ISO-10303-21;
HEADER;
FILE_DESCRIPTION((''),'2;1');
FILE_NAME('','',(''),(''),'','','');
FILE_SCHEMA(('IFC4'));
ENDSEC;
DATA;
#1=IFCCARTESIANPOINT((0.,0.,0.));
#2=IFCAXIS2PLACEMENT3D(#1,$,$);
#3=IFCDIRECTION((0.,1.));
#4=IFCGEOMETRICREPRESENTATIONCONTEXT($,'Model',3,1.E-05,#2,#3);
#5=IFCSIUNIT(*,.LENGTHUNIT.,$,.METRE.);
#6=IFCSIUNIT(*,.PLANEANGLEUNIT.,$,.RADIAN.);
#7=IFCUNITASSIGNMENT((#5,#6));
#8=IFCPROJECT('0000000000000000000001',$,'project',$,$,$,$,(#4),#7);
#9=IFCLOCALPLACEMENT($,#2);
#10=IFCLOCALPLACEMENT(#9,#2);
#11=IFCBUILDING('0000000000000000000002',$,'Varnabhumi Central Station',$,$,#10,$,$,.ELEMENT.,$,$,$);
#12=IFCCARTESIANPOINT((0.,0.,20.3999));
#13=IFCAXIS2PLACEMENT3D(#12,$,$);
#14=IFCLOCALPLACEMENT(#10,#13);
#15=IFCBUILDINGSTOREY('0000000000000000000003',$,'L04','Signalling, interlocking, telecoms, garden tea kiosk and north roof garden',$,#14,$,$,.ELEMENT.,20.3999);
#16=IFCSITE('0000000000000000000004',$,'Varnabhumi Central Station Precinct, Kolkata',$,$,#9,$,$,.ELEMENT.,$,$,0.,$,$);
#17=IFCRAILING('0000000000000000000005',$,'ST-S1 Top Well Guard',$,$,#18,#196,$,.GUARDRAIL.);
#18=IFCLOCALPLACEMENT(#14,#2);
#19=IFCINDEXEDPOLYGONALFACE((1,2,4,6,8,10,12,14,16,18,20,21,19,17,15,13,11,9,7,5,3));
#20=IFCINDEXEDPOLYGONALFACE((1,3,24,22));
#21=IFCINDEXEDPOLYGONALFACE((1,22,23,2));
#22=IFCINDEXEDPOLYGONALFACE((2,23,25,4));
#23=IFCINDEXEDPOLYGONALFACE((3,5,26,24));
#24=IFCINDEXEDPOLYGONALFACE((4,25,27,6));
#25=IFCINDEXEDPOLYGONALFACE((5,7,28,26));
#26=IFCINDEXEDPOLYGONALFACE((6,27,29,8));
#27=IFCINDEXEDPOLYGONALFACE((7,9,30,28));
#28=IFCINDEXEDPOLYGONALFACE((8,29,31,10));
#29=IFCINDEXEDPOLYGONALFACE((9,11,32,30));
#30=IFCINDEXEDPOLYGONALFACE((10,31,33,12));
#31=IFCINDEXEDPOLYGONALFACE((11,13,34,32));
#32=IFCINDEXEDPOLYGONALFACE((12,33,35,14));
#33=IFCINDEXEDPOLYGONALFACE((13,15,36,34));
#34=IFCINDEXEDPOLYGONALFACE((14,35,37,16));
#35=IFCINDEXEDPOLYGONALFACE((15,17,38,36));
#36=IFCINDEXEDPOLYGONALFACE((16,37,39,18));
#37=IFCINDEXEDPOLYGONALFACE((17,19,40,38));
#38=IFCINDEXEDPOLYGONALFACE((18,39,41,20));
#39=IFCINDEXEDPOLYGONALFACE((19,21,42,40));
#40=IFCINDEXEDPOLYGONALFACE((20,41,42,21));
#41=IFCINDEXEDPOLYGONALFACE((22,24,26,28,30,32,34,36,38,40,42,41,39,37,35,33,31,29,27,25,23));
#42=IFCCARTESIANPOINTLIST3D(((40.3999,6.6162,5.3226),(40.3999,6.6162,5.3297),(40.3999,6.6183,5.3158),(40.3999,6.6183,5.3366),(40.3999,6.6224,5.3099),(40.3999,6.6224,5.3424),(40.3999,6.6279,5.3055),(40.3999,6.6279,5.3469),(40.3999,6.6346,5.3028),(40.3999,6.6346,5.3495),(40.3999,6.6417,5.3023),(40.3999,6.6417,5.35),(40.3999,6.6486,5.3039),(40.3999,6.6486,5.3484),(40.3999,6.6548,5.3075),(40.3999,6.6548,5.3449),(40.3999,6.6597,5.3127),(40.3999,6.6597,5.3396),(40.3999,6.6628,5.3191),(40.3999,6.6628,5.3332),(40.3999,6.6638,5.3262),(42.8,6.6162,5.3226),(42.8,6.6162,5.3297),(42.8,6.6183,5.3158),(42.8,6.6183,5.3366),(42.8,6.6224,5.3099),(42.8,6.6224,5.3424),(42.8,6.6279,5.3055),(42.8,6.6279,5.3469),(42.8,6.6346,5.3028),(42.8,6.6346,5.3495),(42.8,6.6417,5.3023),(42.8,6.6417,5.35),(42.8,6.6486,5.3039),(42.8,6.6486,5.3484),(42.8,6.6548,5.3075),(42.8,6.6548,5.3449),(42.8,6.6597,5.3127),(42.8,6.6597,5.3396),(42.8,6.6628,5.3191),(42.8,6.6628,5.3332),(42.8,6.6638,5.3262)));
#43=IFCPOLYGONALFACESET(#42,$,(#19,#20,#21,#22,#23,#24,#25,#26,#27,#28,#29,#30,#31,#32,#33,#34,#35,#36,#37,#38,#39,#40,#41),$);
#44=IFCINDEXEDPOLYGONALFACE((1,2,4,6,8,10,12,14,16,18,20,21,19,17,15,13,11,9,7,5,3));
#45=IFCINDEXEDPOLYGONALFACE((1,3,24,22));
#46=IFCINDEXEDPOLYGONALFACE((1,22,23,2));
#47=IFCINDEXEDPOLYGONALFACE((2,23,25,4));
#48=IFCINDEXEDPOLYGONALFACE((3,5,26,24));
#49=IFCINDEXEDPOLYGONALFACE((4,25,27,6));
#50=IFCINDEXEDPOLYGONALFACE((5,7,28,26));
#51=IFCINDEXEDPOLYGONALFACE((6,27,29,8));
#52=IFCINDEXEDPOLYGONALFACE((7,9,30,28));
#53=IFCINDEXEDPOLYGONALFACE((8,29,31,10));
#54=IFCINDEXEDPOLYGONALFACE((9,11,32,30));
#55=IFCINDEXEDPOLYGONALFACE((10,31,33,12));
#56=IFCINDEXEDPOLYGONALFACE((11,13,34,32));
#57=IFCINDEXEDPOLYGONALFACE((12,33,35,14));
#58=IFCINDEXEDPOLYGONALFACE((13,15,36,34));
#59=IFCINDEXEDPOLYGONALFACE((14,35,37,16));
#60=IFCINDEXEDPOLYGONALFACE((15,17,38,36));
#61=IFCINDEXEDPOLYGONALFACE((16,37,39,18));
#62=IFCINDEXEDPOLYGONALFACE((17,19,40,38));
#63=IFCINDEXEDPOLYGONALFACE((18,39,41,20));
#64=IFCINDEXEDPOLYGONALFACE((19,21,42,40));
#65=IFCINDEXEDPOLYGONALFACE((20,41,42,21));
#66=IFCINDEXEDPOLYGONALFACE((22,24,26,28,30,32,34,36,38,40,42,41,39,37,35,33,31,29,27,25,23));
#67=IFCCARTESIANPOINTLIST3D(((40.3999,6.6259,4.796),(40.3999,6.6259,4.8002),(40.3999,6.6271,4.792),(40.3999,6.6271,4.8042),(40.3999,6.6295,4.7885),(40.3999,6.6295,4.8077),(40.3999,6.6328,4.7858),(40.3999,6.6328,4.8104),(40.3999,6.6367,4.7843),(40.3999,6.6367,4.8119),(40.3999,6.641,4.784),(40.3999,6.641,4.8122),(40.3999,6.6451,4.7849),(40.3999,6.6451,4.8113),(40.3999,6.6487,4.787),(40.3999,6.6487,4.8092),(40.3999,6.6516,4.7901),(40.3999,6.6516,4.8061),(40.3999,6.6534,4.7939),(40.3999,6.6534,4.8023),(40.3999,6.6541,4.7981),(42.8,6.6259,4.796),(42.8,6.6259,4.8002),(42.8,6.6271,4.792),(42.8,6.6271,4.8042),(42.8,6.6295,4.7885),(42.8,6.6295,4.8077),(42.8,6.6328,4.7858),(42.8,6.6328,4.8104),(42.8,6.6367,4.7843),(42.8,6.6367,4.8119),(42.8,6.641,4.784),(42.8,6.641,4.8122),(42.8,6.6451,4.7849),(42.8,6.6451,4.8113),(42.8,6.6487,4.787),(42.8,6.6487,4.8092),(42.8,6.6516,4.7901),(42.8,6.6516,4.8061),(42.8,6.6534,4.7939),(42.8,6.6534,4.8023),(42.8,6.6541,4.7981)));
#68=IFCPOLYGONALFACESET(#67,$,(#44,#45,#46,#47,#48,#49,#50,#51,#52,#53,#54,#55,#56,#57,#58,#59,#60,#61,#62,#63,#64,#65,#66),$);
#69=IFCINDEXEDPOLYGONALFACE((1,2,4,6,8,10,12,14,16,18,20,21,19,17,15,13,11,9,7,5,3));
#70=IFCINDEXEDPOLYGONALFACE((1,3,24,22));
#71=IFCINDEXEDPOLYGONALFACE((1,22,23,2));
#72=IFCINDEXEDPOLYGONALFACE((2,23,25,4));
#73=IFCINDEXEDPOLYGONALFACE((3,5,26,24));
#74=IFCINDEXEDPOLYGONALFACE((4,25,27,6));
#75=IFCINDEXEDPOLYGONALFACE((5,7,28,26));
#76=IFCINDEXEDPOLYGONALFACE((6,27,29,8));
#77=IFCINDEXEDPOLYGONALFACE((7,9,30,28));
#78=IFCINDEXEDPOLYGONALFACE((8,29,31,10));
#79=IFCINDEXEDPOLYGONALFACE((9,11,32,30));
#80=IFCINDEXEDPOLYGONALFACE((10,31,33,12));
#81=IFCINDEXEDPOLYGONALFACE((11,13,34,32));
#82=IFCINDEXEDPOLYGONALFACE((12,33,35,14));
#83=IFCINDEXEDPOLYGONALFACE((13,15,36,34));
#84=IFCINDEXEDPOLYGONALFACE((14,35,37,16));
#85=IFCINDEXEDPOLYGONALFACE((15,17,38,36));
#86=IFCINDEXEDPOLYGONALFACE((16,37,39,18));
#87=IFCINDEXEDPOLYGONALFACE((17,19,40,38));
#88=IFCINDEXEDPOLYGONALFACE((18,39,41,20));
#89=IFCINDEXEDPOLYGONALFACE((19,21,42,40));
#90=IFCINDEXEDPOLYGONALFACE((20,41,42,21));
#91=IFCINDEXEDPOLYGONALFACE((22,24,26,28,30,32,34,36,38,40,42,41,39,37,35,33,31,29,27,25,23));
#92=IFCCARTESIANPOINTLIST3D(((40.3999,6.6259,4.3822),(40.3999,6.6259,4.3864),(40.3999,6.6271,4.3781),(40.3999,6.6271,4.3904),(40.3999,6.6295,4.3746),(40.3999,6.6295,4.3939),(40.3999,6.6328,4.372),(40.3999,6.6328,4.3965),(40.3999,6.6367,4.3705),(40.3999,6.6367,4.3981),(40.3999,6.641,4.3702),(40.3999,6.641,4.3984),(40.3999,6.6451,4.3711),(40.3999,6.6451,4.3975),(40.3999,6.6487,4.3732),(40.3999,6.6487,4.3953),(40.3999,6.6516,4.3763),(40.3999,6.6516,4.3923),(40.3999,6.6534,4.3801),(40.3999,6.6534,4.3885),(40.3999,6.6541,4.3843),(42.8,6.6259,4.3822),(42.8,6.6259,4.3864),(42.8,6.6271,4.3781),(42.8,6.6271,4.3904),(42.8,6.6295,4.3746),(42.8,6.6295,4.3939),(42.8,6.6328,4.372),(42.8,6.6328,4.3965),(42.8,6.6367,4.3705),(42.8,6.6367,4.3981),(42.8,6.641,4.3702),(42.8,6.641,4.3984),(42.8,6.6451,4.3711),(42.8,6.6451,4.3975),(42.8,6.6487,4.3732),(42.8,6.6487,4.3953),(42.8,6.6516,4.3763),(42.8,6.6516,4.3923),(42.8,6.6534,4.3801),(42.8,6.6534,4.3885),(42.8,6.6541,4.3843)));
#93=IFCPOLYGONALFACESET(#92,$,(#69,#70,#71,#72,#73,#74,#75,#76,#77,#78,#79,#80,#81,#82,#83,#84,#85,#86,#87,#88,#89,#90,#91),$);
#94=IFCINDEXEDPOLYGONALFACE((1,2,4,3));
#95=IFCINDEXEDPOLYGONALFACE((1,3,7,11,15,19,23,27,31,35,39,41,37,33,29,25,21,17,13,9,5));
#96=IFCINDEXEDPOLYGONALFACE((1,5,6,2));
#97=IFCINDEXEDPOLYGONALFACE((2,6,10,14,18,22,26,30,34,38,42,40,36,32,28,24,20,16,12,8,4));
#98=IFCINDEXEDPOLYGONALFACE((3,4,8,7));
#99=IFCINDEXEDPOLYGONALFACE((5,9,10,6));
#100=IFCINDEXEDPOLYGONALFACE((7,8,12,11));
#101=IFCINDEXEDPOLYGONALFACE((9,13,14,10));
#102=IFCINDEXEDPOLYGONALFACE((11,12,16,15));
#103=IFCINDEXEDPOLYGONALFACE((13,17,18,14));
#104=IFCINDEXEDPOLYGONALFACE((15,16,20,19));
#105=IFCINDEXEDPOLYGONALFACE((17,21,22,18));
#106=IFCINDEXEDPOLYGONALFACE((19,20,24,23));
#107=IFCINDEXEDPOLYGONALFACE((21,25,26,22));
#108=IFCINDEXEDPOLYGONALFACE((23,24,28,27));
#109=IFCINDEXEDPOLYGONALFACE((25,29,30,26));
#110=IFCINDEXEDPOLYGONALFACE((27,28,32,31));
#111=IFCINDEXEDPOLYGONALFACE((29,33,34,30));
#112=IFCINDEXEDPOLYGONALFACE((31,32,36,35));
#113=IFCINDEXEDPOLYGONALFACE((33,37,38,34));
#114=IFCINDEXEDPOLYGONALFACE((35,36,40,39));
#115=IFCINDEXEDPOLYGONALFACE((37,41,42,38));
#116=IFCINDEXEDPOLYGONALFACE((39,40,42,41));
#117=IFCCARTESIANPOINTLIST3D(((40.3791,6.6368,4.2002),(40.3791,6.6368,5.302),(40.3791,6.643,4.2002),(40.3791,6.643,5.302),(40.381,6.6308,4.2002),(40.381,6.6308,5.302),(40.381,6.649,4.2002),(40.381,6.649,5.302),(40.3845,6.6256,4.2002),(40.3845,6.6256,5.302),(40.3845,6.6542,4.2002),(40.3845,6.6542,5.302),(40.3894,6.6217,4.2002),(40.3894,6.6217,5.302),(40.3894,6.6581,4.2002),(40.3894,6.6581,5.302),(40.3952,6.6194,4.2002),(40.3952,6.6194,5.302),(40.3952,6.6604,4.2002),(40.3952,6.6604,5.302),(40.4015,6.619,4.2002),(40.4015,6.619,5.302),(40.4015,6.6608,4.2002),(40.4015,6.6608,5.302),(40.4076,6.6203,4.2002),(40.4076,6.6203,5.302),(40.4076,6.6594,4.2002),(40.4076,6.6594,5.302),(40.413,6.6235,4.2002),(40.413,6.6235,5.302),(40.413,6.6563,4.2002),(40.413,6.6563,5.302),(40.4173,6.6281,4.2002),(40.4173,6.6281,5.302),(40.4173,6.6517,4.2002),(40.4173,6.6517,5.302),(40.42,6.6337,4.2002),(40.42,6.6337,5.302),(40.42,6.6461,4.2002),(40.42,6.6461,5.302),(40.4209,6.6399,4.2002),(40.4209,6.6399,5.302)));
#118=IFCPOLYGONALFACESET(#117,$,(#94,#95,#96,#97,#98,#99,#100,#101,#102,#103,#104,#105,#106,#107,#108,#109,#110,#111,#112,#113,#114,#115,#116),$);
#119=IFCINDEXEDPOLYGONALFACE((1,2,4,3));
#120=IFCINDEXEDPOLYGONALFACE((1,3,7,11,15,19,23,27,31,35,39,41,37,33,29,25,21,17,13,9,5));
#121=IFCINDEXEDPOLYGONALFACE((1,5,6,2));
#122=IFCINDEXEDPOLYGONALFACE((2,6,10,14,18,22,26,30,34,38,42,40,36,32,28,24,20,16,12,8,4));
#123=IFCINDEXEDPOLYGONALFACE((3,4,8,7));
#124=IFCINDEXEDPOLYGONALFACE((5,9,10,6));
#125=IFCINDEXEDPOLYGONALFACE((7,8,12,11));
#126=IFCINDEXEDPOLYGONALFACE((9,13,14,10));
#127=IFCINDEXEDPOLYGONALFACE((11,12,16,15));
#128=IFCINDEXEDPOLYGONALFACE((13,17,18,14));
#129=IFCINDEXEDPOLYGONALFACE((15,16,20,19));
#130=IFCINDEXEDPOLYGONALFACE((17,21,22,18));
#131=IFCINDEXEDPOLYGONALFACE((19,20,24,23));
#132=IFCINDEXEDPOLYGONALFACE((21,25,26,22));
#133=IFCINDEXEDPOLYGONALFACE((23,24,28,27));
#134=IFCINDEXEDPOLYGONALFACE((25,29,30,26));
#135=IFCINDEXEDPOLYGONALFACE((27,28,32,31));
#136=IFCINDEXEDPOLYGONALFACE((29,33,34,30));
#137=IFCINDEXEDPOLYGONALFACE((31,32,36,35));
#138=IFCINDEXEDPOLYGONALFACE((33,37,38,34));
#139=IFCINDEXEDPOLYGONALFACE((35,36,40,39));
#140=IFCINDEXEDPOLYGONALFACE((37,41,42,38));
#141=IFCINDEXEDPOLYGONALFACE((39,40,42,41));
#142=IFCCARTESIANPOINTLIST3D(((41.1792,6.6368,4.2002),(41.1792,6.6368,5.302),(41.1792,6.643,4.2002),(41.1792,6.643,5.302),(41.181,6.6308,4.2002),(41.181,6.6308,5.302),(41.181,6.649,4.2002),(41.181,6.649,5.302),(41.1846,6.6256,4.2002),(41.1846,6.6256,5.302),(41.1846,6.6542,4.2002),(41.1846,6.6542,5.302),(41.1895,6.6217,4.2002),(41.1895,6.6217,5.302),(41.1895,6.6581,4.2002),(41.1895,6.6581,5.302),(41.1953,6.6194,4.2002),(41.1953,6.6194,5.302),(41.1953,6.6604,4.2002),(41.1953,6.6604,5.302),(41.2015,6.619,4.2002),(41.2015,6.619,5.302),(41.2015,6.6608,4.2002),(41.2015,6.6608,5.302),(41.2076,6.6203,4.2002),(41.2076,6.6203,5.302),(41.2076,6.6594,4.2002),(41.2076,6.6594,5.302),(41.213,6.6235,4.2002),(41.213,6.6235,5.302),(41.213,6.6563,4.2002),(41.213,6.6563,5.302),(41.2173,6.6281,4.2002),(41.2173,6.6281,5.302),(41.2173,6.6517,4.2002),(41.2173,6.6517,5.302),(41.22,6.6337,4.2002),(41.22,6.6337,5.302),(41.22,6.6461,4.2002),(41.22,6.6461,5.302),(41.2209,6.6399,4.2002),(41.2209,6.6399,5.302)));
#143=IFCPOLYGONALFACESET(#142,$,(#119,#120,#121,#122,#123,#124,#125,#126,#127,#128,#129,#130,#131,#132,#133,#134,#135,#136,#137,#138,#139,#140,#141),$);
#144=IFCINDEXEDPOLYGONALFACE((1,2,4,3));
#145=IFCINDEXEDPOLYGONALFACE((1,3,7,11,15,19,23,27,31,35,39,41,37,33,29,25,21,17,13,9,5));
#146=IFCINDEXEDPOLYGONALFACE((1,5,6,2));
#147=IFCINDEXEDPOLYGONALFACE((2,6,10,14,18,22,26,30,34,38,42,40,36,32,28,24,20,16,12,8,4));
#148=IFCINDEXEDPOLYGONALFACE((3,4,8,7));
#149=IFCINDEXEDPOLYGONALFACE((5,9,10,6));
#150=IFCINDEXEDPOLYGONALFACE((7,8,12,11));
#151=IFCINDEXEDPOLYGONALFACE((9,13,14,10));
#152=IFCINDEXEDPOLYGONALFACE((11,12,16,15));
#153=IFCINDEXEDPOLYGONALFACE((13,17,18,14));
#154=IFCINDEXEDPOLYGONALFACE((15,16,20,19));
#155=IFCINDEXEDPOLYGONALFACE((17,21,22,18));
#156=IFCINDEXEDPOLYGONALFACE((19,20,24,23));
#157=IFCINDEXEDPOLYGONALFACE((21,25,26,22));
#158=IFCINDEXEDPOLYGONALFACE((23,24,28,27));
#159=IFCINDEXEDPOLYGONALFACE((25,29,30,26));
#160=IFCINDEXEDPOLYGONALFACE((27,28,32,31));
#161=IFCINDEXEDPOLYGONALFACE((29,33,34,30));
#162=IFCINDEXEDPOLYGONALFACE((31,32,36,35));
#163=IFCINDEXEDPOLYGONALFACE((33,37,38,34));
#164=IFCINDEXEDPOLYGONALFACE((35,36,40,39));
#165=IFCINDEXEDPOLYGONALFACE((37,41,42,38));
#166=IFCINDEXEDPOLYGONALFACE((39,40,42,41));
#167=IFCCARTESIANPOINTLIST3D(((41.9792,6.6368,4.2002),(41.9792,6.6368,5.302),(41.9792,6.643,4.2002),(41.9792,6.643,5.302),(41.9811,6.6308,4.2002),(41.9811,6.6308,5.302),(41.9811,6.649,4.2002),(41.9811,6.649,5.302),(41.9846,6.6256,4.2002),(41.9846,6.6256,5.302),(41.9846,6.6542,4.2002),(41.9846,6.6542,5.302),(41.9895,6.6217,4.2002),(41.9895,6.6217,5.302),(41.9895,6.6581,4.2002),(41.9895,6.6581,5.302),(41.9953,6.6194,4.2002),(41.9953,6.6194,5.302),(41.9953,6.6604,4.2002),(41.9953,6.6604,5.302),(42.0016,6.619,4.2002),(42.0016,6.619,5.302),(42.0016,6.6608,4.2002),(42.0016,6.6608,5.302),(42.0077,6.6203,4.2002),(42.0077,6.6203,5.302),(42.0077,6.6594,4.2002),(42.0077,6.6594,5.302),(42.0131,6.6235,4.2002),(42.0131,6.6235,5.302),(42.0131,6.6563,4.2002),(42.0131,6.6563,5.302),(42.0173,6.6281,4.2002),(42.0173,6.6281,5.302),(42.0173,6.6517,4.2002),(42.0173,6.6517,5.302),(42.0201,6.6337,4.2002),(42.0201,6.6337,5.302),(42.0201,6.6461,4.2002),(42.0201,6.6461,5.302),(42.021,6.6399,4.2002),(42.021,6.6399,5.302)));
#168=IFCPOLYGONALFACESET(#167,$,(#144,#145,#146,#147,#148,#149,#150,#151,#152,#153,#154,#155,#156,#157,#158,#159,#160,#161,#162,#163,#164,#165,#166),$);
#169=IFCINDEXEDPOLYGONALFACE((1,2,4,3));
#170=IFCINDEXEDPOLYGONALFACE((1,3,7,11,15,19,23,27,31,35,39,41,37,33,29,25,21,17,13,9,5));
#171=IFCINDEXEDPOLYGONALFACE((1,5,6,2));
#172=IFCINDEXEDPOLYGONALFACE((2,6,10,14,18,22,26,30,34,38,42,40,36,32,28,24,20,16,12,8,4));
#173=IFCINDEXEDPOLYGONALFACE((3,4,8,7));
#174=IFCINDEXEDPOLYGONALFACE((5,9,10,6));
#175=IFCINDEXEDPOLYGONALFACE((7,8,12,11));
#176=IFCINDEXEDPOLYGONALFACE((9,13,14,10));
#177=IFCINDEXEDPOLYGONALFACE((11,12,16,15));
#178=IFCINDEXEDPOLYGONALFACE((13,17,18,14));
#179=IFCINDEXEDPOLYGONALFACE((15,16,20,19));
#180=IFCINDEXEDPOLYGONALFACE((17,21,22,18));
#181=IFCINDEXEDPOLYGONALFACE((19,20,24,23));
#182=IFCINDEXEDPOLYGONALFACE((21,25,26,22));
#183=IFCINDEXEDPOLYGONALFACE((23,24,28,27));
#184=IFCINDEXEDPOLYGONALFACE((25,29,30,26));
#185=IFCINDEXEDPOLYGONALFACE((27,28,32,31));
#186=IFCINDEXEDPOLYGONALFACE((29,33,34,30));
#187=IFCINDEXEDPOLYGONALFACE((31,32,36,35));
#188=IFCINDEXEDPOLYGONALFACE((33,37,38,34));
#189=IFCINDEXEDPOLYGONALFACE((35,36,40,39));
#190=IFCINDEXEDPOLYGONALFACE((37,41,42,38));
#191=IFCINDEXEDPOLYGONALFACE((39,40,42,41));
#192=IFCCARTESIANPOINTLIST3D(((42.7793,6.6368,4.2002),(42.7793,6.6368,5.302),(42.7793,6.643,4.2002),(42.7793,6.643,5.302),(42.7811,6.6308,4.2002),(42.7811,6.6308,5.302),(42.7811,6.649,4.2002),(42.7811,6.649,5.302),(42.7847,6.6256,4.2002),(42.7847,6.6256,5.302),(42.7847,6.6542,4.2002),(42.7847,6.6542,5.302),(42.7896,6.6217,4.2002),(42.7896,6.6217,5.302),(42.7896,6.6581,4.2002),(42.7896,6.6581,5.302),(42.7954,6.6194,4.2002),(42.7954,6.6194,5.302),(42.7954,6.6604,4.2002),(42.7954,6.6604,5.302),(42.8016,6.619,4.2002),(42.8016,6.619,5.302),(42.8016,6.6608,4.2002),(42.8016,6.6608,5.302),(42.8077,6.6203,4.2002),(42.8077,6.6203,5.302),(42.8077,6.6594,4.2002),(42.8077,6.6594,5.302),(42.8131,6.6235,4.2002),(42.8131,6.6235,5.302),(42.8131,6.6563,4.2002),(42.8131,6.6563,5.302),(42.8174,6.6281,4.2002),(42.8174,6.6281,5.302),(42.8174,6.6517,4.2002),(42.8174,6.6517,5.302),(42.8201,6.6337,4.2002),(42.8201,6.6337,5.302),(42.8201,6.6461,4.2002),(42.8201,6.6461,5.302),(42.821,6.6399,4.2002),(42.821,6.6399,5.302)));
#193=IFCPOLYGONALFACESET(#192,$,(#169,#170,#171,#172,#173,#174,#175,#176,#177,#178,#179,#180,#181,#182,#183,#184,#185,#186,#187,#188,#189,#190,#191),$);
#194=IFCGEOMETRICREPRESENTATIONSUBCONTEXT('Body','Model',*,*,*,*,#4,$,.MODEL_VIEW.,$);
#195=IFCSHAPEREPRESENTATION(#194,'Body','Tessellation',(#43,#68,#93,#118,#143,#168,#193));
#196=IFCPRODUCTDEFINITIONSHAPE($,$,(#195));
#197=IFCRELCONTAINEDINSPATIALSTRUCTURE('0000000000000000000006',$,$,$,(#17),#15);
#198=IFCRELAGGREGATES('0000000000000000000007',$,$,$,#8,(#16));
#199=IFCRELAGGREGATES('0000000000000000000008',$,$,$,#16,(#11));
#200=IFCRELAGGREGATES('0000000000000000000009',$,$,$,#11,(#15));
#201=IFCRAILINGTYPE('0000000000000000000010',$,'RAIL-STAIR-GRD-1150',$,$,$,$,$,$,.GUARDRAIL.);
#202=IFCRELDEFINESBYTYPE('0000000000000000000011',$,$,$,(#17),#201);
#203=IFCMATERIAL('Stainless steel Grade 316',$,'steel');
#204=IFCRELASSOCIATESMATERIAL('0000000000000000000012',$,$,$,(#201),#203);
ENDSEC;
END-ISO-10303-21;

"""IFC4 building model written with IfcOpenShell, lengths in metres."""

from ifc_helpers import new_model, si_unit, direction, frame, origin, origin_2d, place, context, subcontext, project, spatial, circle, extrude, material, type_object, element, save


model = new_model("IFC4")

# Units and contexts
model_context = context("Model", 3, precision=1e-05, world=origin(), true_north=direction((0.0, 1.0)))
body_context = subcontext(model_context, "Body", "Model", "MODEL_VIEW")
ifc_project = project(units=[si_unit("LENGTHUNIT", "METRE"), si_unit("PLANEANGLEUNIT", "RADIAN")], contexts=[model_context])

# Site, building, storey
site_placement = place(None, origin())
site = spatial("IfcSite", under=ifc_project, at=site_placement, Name="Varnabhumi Central Station Precinct, Kolkata", CompositionType="ELEMENT", RefElevation=0.0)
building_placement = place(site_placement, origin())
building = spatial("IfcBuilding", under=site, at=building_placement, Name="Varnabhumi Central Station", CompositionType="ELEMENT")
storey_placement = place(building_placement, frame((0.0, 0.0, 20.3999)))
storey = spatial("IfcBuildingStorey", under=building, at=storey_placement, Name="L04", Description="Signalling, interlocking, telecoms, garden tea kiosk and north roof garden", CompositionType="ELEMENT", Elevation=20.3999)

# Railing
ifc_material_1 = material(Name="Stainless steel Grade 316", Category="steel")
railing_type_1 = type_object("IfcRailingType", Name="RAIL-STAIR-GRD-1150", PredefinedType="GUARDRAIL", material=ifc_material_1)
railing_1_placement = place(storey_placement, frame((40.3999, 6.6399, 4.2002)))
element("IfcRailing", 1, at=railing_1_placement, inside=storey, type_object=railing_type_1, Name="ST-S1 Top Well Guard", PredefinedType="GUARDRAIL", context=body_context, shape_type="SweptSolid", body=[
    extrude(circle(Radius=0.0239, at=origin_2d()), frame((0.0, 0.0, 1.126), z_axis=(1.0, 0.0, 0.0), x_axis=(0.0, 1.0, 0.0)), (0.0, 0.0, 1.0), 2.4001),
    extrude(circle(Radius=0.0142, at=origin_2d()), frame((0.0, 0.0, 0.5979), z_axis=(1.0, 0.0, 0.0), x_axis=(0.0, 1.0, 0.0)), (0.0, 0.0, 1.0), 2.4001),
    extrude(circle(Radius=0.0142, at=origin_2d()), frame((0.0, 0.0, 0.1841), z_axis=(1.0, 0.0, 0.0), x_axis=(0.0, 1.0, 0.0)), (0.0, 0.0, 1.0), 2.4001),
    extrude(circle(Radius=0.021, at=origin_2d()), origin(), (0.0, 0.0, 1.0), 1.1018),
    extrude(circle(Radius=0.021, at=origin_2d()), frame((0.8, 0.0, 0.0)), (0.0, 0.0, 1.0), 1.1018),
    extrude(circle(Radius=0.021, at=origin_2d()), frame((1.6001, 0.0, 0.0)), (0.0, 0.0, 1.0), 1.1018),
    extrude(circle(Radius=0.021, at=origin_2d()), frame((2.4001, 0.0, 0.0)), (0.0, 0.0, 1.0), 1.1018),
])

save(model, "model.ifc")
